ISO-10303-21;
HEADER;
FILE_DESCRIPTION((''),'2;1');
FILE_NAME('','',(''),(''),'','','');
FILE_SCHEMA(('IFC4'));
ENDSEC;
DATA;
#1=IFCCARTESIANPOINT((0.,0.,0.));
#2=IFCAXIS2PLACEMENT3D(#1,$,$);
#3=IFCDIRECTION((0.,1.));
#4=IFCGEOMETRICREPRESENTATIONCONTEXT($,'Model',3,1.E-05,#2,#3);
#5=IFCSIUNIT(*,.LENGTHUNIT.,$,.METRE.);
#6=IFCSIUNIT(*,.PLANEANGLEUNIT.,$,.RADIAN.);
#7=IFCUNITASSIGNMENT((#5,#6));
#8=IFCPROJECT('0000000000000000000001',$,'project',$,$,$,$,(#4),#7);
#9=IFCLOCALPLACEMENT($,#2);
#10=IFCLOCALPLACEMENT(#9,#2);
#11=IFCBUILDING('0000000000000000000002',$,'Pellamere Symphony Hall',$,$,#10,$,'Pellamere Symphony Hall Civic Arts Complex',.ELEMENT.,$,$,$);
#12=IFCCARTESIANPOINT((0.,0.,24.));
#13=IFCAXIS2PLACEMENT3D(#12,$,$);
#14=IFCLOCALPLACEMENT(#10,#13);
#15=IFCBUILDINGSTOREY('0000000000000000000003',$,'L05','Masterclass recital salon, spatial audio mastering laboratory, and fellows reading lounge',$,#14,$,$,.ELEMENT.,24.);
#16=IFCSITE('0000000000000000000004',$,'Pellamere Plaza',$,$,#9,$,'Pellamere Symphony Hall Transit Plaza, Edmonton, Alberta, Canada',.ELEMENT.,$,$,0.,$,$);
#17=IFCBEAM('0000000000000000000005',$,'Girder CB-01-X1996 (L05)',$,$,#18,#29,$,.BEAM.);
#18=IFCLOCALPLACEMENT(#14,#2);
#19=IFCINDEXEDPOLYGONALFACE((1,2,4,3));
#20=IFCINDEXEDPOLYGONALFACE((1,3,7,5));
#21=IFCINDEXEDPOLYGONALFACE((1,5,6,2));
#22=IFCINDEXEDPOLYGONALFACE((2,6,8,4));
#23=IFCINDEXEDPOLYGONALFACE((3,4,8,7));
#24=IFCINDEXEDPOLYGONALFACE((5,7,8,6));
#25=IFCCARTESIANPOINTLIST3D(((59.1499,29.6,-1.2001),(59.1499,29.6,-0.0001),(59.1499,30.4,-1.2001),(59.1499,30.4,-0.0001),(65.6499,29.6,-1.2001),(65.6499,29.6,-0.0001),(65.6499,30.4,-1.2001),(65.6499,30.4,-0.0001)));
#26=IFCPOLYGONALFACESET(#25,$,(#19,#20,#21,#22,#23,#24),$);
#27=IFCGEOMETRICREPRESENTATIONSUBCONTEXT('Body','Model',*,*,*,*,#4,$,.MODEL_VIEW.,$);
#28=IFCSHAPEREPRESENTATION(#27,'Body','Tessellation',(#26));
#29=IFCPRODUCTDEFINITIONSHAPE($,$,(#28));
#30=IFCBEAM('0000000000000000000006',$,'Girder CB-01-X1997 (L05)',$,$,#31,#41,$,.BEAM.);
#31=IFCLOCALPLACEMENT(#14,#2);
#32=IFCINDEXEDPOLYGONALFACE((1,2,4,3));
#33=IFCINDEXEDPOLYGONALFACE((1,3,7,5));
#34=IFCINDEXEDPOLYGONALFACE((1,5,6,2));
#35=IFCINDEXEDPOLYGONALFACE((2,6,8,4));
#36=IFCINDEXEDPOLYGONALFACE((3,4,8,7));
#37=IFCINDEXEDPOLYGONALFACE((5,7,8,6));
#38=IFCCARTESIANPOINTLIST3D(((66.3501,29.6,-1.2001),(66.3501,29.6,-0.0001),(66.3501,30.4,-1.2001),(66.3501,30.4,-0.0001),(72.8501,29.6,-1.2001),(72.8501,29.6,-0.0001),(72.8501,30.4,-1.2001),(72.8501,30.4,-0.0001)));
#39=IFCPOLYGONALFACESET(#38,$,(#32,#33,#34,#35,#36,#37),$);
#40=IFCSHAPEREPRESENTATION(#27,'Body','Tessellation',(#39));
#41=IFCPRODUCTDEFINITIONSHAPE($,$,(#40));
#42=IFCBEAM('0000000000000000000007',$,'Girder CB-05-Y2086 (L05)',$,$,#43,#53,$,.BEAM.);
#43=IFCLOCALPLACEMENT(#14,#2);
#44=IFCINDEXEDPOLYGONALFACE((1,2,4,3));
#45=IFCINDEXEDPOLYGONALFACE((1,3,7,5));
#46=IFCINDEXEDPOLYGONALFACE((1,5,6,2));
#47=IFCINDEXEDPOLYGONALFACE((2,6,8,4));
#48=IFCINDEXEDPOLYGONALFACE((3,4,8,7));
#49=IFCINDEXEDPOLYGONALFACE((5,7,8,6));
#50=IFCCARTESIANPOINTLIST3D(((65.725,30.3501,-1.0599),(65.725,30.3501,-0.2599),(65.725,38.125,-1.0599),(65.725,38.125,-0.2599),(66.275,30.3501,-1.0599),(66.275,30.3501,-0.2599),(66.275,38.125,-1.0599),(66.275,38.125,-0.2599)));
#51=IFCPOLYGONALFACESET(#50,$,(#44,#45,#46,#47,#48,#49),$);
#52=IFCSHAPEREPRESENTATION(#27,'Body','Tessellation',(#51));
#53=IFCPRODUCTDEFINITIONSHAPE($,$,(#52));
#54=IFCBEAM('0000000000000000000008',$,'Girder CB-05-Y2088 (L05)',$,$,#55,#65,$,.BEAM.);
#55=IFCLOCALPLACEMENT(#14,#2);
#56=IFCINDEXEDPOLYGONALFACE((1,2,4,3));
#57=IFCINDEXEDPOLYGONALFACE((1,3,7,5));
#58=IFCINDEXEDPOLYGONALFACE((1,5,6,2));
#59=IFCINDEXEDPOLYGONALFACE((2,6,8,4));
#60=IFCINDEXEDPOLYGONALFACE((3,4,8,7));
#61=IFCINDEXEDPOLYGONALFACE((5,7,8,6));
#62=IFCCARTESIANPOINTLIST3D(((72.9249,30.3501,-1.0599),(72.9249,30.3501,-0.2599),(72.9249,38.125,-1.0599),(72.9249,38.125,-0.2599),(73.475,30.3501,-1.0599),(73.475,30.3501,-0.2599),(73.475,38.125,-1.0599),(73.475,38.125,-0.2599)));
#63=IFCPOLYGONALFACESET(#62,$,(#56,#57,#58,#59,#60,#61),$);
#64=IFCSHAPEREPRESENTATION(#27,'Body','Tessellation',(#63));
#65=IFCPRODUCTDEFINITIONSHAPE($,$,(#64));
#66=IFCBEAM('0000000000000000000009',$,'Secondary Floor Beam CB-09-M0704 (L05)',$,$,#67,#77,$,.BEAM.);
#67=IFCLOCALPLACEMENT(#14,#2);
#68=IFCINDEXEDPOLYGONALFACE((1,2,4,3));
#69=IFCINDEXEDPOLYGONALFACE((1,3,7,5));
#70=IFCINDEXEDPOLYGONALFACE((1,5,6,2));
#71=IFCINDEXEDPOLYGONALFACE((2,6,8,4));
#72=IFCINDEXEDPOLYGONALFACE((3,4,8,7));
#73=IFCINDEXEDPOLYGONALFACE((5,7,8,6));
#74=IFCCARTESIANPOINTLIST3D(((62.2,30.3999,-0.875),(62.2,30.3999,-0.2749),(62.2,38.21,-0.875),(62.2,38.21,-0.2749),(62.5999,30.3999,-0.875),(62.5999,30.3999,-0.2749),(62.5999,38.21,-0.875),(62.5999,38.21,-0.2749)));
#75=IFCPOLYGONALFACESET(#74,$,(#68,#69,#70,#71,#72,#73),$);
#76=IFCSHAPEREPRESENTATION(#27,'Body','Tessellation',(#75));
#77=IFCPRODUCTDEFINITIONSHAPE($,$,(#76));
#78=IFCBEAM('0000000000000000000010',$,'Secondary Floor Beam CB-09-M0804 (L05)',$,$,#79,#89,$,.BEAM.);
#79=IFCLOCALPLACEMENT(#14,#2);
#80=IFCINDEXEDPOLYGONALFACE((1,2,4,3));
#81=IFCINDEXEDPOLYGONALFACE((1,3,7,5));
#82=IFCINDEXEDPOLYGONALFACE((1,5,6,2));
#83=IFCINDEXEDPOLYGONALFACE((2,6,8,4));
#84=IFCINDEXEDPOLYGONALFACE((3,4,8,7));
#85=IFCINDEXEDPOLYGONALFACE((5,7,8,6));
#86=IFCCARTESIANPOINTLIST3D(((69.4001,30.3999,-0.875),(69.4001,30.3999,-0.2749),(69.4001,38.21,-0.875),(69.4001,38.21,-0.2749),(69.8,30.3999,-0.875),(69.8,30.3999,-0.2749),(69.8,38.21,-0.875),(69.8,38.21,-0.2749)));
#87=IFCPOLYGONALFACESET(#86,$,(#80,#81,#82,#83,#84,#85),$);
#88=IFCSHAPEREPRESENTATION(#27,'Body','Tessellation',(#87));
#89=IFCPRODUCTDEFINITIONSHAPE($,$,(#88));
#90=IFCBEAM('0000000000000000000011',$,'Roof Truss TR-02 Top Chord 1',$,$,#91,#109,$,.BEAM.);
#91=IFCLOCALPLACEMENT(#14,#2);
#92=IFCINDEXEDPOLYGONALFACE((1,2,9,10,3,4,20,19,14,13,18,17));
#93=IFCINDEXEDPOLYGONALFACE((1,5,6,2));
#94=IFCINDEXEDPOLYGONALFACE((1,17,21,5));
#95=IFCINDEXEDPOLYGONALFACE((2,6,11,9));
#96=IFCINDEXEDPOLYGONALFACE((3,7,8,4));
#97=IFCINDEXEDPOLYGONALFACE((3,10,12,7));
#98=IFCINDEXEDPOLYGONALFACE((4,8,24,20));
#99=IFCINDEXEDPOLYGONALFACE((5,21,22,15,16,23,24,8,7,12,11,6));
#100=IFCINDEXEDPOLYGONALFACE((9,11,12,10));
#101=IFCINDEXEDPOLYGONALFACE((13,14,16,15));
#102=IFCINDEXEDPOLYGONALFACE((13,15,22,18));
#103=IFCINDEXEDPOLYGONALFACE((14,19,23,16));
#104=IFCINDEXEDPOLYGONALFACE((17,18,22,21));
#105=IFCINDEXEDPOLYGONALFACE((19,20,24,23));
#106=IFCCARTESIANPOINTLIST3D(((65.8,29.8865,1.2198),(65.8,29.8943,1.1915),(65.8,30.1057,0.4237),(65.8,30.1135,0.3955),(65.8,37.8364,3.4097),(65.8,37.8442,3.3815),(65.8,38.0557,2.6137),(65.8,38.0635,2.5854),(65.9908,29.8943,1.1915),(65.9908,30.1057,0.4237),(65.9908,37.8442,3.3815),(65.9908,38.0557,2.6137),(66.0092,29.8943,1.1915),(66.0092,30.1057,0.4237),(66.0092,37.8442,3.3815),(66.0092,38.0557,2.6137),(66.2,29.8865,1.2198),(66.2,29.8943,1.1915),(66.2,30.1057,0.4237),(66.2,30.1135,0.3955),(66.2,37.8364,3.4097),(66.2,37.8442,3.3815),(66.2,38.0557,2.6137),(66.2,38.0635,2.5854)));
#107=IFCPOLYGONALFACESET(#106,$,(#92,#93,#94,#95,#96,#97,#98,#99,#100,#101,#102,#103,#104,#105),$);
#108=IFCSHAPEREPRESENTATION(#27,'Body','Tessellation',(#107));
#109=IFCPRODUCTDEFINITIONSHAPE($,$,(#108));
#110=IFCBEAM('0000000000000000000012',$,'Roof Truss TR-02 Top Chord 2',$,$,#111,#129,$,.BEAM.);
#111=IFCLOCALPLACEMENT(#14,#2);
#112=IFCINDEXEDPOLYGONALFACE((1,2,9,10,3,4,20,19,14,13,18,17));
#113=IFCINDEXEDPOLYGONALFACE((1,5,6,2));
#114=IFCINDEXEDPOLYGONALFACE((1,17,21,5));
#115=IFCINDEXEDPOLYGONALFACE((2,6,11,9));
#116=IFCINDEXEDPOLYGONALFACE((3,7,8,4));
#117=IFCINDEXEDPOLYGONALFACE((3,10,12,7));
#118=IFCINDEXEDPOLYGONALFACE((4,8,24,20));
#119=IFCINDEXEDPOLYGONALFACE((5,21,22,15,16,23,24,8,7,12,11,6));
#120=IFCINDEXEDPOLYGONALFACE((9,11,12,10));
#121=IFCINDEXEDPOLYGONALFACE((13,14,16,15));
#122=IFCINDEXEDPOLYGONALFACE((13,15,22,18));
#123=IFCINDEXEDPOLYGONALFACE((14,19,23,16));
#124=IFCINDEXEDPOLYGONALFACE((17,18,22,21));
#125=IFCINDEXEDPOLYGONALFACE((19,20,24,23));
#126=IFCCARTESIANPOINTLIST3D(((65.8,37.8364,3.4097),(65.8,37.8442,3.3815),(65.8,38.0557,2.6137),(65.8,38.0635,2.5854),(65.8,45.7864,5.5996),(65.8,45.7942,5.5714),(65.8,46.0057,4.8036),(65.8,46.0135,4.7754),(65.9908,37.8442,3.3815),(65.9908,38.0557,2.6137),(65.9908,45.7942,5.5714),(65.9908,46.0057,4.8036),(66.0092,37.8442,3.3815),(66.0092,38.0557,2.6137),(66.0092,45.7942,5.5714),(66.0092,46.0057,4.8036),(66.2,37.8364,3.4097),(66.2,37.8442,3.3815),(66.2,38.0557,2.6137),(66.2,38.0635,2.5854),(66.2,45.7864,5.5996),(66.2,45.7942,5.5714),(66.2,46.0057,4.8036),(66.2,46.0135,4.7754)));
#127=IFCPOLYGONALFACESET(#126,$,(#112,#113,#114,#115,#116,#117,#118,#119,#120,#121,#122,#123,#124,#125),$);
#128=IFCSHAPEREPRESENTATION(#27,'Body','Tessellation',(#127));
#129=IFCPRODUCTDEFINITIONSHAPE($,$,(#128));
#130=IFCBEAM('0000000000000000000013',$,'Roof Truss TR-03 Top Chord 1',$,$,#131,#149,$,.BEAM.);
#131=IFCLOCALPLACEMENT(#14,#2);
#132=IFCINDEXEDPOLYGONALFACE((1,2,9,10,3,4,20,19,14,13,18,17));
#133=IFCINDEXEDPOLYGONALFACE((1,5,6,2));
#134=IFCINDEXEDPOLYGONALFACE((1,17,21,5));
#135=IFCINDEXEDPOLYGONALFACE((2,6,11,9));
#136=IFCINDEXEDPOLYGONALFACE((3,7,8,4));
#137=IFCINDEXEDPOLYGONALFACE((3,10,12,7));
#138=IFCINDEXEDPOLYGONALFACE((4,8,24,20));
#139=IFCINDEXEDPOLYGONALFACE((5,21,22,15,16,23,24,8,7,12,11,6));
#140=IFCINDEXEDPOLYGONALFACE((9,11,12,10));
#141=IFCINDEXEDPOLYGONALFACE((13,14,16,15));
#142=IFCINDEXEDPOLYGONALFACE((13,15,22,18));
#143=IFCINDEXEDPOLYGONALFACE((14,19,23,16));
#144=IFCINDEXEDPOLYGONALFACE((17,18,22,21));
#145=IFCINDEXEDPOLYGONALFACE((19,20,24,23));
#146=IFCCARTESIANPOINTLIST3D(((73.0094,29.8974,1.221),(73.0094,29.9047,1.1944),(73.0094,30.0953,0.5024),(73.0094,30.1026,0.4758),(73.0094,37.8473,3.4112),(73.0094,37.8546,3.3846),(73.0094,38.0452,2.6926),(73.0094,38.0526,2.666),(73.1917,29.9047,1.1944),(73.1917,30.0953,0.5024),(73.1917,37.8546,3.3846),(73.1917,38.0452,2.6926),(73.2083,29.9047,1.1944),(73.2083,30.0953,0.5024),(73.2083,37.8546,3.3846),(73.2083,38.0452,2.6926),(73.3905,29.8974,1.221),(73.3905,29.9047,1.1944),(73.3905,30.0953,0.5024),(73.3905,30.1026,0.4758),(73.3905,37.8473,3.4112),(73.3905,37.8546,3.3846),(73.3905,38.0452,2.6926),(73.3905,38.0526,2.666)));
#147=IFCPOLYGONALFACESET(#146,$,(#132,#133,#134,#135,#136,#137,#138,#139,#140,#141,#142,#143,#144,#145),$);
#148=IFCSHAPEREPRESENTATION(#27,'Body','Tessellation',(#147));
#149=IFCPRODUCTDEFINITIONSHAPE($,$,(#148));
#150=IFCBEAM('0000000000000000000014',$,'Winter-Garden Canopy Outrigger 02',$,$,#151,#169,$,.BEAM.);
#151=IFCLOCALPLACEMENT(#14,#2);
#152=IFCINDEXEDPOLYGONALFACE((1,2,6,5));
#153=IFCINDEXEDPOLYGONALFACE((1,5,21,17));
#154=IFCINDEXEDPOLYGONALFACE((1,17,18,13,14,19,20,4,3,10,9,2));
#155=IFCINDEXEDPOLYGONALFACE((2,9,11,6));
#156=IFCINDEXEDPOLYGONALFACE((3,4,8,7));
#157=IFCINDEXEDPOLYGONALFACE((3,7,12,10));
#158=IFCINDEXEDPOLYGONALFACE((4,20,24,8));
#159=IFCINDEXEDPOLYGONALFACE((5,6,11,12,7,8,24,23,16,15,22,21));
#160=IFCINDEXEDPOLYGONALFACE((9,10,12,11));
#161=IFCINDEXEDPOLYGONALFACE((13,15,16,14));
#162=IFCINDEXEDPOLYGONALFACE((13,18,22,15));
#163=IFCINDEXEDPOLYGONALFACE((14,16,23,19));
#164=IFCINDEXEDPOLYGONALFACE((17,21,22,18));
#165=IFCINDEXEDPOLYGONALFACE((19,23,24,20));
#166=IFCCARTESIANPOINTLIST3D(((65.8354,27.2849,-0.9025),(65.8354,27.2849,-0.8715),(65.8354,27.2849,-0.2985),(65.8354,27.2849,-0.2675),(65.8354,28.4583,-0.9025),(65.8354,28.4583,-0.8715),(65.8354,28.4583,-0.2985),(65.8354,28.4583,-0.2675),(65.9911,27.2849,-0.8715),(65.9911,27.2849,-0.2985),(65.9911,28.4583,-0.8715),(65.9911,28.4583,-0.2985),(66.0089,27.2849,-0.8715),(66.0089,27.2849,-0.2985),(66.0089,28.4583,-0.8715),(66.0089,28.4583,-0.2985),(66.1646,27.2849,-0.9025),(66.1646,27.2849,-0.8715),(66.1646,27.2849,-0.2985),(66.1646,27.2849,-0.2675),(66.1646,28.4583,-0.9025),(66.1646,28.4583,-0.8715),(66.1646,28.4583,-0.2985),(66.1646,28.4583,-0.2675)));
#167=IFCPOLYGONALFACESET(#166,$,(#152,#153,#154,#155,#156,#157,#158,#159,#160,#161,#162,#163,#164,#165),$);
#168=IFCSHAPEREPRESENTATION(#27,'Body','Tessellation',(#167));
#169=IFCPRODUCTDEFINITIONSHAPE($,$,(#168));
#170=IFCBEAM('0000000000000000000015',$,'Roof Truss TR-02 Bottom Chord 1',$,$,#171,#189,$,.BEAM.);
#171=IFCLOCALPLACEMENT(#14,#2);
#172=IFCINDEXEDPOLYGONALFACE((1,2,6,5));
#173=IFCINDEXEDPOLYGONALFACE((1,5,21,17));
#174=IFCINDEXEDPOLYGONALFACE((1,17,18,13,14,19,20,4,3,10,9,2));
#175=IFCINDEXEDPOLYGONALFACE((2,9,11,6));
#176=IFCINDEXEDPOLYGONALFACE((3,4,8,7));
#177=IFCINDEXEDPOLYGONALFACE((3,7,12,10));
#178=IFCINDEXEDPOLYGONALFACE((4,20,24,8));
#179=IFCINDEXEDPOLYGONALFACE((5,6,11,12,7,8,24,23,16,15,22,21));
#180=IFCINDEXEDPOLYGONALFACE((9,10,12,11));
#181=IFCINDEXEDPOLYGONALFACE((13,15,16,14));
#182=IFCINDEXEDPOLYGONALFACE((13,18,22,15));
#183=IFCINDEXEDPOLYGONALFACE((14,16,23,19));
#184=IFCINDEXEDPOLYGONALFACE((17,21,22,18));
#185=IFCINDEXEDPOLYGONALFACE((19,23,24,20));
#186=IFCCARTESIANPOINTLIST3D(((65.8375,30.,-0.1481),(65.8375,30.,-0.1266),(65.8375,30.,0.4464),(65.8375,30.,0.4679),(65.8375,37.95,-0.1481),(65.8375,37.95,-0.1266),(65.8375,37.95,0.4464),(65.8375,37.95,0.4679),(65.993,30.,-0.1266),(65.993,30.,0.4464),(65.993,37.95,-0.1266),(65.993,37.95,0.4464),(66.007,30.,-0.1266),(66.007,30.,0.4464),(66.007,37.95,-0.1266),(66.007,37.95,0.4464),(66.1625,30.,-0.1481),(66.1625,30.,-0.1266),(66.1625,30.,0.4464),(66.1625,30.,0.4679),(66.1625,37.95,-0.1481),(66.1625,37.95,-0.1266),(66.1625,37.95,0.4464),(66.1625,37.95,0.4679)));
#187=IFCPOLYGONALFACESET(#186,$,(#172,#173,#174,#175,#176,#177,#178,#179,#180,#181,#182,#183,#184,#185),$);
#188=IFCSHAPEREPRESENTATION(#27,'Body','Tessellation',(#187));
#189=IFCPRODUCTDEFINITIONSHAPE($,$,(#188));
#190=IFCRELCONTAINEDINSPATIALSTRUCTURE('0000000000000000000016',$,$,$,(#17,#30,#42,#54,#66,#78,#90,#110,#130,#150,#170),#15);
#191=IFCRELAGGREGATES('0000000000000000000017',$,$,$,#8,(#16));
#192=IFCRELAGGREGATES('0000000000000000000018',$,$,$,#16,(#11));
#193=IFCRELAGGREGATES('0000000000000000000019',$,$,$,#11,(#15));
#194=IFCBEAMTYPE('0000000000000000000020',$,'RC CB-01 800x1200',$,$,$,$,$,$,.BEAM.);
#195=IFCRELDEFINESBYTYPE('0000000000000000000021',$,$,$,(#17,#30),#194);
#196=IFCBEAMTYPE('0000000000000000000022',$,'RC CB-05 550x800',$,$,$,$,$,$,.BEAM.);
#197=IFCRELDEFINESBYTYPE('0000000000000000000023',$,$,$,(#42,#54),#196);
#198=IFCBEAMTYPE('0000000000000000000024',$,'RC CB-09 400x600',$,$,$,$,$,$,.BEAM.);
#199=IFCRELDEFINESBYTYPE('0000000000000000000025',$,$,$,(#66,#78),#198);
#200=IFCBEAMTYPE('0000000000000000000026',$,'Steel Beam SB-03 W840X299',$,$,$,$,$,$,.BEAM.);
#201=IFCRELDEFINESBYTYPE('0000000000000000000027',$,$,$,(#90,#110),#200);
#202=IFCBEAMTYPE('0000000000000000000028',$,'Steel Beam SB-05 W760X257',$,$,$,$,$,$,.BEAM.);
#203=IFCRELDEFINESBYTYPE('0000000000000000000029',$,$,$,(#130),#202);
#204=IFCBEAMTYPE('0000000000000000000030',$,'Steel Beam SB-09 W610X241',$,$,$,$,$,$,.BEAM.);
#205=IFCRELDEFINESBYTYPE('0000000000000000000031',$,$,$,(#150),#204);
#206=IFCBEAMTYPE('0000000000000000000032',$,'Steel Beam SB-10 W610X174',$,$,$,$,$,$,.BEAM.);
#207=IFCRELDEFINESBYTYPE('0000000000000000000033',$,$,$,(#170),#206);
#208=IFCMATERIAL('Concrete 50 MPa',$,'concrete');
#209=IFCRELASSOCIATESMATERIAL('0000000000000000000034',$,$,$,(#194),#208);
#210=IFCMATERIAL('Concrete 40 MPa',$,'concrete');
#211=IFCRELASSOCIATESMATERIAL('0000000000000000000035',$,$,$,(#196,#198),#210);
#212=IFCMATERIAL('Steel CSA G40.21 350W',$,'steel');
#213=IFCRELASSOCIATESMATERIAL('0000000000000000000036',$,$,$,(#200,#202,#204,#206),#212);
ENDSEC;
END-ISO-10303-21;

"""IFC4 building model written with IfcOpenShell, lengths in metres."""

from ifc_helpers import new_model, si_unit, direction, frame, origin, origin_2d, place, context, subcontext, project, spatial, rectangle, i_section, extrude, material, material_profile, profile_set, type_object, element, save


model = new_model("IFC4")

# Units and contexts
model_context = context("Model", 3, precision=1e-05, world=origin(), true_north=direction((0.0, 1.0)))
body_context = subcontext(model_context, "Body", "Model", "MODEL_VIEW")
ifc_project = project(units=[si_unit("LENGTHUNIT", "METRE"), si_unit("PLANEANGLEUNIT", "RADIAN")], contexts=[model_context])

# Site, building, storey
site_placement = place(None, origin())
site = spatial("IfcSite", under=ifc_project, at=site_placement, Name="Pellamere Plaza", LongName="Pellamere Symphony Hall Transit Plaza, Edmonton, Alberta, Canada", CompositionType="ELEMENT", RefElevation=0.0)
building_placement = place(site_placement, origin())
building = spatial("IfcBuilding", under=site, at=building_placement, Name="Pellamere Symphony Hall", LongName="Pellamere Symphony Hall Civic Arts Complex", CompositionType="ELEMENT")
storey_placement = place(building_placement, frame((0.0, 0.0, 24.0)))
storey = spatial("IfcBuildingStorey", under=building, at=storey_placement, Name="L05", Description="Masterclass recital salon, spatial audio mastering laboratory, and fellows reading lounge", CompositionType="ELEMENT", Elevation=24.0)

# Beams
ifc_material_1 = material(Name="Concrete 50 MPa", Category="concrete")
ifc_material_profile_1 = material_profile(ifc_material_1, rectangle(XDim=0.8, YDim=1.2, at=origin_2d()), Name="RC 800x1200")
ifc_profile_set_1 = profile_set([ifc_material_profile_1], Name="Concrete 50 MPa")
beam_type_1 = type_object("IfcBeamType", Name="RC CB-01 800x1200", PredefinedType="BEAM", material=ifc_profile_set_1)
for number, where, z_axis, x_axis, name in (
    (1, (59.1499, 30.0, -0.6001), (1.0, 0.0, 0.0), (0.0, 1.0, 0.0), "Girder CB-01-X1996 (L05)"),
    (2, (66.3501, 30.0, -0.6001), (1.0, 0.0, 0.0), (0.0, 1.0, 0.0), "Girder CB-01-X1997 (L05)"),
):
    element("IfcBeam", number, at=place(storey_placement, frame(where, z_axis=z_axis, x_axis=x_axis)), inside=storey, type_object=beam_type_1, Name=name, PredefinedType="BEAM", context=body_context, shape_type="SweptSolid", body=[
        extrude(rectangle(XDim=0.8, YDim=1.2, at=origin_2d()), origin(), (0.0, 0.0, 1.0), 6.5),
    ])
ifc_material_2 = material(Name="Concrete 40 MPa", Category="concrete")
ifc_material_profile_2 = material_profile(ifc_material_2, rectangle(XDim=0.55, YDim=0.8, at=origin_2d()), Name="RC 550x800")
ifc_profile_set_2 = profile_set([ifc_material_profile_2], Name="Concrete 40 MPa")
beam_type_2 = type_object("IfcBeamType", Name="RC CB-05 550x800", PredefinedType="BEAM", material=ifc_profile_set_2)
for number, where, z_axis, x_axis, name in (
    (3, (66.0, 30.3501, -0.6599), (0.0, 1.0, 0.0), (-1.0, 0.0, 0.0), "Girder CB-05-Y2086 (L05)"),
    (4, (73.2, 30.3501, -0.6599), (0.0, 1.0, 0.0), (-1.0, 0.0, 0.0), "Girder CB-05-Y2088 (L05)"),
):
    element("IfcBeam", number, at=place(storey_placement, frame(where, z_axis=z_axis, x_axis=x_axis)), inside=storey, type_object=beam_type_2, Name=name, PredefinedType="BEAM", context=body_context, shape_type="SweptSolid", body=[
        extrude(rectangle(XDim=0.55, YDim=0.8, at=origin_2d()), origin(), (0.0, 0.0, 1.0), 7.7749),
    ])
ifc_material_profile_3 = material_profile(ifc_material_2, rectangle(XDim=0.3999, YDim=0.6001, at=origin_2d()), Name="RC 400x600")
ifc_profile_set_3 = profile_set([ifc_material_profile_3], Name="Concrete 40 MPa")
beam_type_3 = type_object("IfcBeamType", Name="RC CB-09 400x600", PredefinedType="BEAM", material=ifc_profile_set_3)
for number, where, z_axis, x_axis, name in (
    (5, (62.3999, 30.3999, -0.575), (0.0, 1.0, 0.0), (-1.0, 0.0, 0.0), "Secondary Floor Beam CB-09-M0704 (L05)"),
    (6, (69.6001, 30.3999, -0.575), (0.0, 1.0, 0.0), (-1.0, 0.0, 0.0), "Secondary Floor Beam CB-09-M0804 (L05)"),
):
    element("IfcBeam", number, at=place(storey_placement, frame(where, z_axis=z_axis, x_axis=x_axis)), inside=storey, type_object=beam_type_3, Name=name, PredefinedType="BEAM", context=body_context, shape_type="SweptSolid", body=[
        extrude(rectangle(XDim=0.3999, YDim=0.6001, at=origin_2d()), origin(), (0.0, 0.0, 1.0), 7.8101),
    ])
ifc_material_3 = material(Name="Steel CSA G40.21 350W", Category="steel")
ifc_material_profile_4 = material_profile(ifc_material_3, i_section(OverallWidth=0.3999, OverallDepth=0.855, WebThickness=0.0183, FlangeThickness=0.0293, at=origin_2d()), Name="W840X299")
ifc_profile_set_4 = profile_set([ifc_material_profile_4], Name="Steel CSA G40.21 350W")
beam_type_4 = type_object("IfcBeamType", Name="Steel Beam SB-03 W840X299", PredefinedType="BEAM", material=ifc_profile_set_4)
for number, where, z_axis, x_axis, name in (
    (7, (66.0, 30.0, 0.8076), (0.0, 0.96409, 0.265574), (-1.0, 0.0, 0.0), "Roof Truss TR-02 Top Chord 1"),
    (8, (66.0, 37.95, 2.9976), (0.0, 0.96409, 0.265574), (-1.0, 0.0, 0.0), "Roof Truss TR-02 Top Chord 2"),
):
    element("IfcBeam", number, at=place(storey_placement, frame(where, z_axis=z_axis, x_axis=x_axis)), inside=storey, type_object=beam_type_4, Name=name, PredefinedType="BEAM", context=body_context, shape_type="SweptSolid", body=[
        extrude(i_section(OverallWidth=0.3999, OverallDepth=0.855, WebThickness=0.0183, FlangeThickness=0.0293, at=origin_2d()), origin(), (0.0, 0.0, 1.0), 8.2461),
    ])
ifc_material_profile_5 = material_profile(ifc_material_3, i_section(OverallWidth=0.3811, OverallDepth=0.7729, WebThickness=0.0166, FlangeThickness=0.0276, at=origin_2d()), Name="W760X257")
ifc_profile_set_5 = profile_set([ifc_material_profile_5], Name="Steel CSA G40.21 350W")
beam_type_5 = type_object("IfcBeamType", Name="Steel Beam SB-05 W760X257", PredefinedType="BEAM", material=ifc_profile_set_5)
beam_1_placement = place(storey_placement, frame((73.2, 30.0, 0.8484), z_axis=(0.0, 0.964083, 0.265602), x_axis=(-1.0, 0.0, 0.0)))
element("IfcBeam", 9, at=beam_1_placement, inside=storey, type_object=beam_type_5, Name="Roof Truss TR-03 Top Chord 1", PredefinedType="BEAM", context=body_context, shape_type="SweptSolid", body=[
    extrude(i_section(OverallWidth=0.3811, OverallDepth=0.7729, WebThickness=0.0166, FlangeThickness=0.0276, at=origin_2d()), origin(), (0.0, 0.0, 1.0), 8.2461),
])
ifc_material_profile_6 = material_profile(ifc_material_3, i_section(OverallWidth=0.3291, OverallDepth=0.635, WebThickness=0.0178, FlangeThickness=0.031, at=origin_2d()), Name="W610X241")
ifc_profile_set_6 = profile_set([ifc_material_profile_6], Name="Steel CSA G40.21 350W")
beam_type_6 = type_object("IfcBeamType", Name="Steel Beam SB-09 W610X241", PredefinedType="BEAM", material=ifc_profile_set_6)
beam_2_placement = place(storey_placement, frame((66.0, 27.2849, -0.585), z_axis=(0.0, 1.0, 0.0), x_axis=(-1.0, 0.0, 0.0)))
element("IfcBeam", 10, at=beam_2_placement, inside=storey, type_object=beam_type_6, Name="Winter-Garden Canopy Outrigger 02", PredefinedType="BEAM", context=body_context, shape_type="SweptSolid", body=[
    extrude(i_section(OverallWidth=0.3291, OverallDepth=0.635, WebThickness=0.0178, FlangeThickness=0.031, at=origin_2d()), origin(), (0.0, 0.0, 1.0), 1.1733),
])
ifc_material_profile_7 = material_profile(ifc_material_3, i_section(OverallWidth=0.325, OverallDepth=0.616, WebThickness=0.0139, FlangeThickness=0.0215, at=origin_2d()), Name="W610X174")
ifc_profile_set_7 = profile_set([ifc_material_profile_7], Name="Steel CSA G40.21 350W")
beam_type_7 = type_object("IfcBeamType", Name="Steel Beam SB-10 W610X174", PredefinedType="BEAM", material=ifc_profile_set_7)
beam_3_placement = place(storey_placement, frame((66.0, 30.0, 0.1599), z_axis=(0.0, 1.0, 0.0), x_axis=(-1.0, 0.0, 0.0)))
element("IfcBeam", 11, at=beam_3_placement, inside=storey, type_object=beam_type_7, Name="Roof Truss TR-02 Bottom Chord 1", PredefinedType="BEAM", context=body_context, shape_type="SweptSolid", body=[
    extrude(i_section(OverallWidth=0.325, OverallDepth=0.616, WebThickness=0.0139, FlangeThickness=0.0215, at=origin_2d()), origin(), (0.0, 0.0, 1.0), 7.95),
])

save(model, "model.ifc")
